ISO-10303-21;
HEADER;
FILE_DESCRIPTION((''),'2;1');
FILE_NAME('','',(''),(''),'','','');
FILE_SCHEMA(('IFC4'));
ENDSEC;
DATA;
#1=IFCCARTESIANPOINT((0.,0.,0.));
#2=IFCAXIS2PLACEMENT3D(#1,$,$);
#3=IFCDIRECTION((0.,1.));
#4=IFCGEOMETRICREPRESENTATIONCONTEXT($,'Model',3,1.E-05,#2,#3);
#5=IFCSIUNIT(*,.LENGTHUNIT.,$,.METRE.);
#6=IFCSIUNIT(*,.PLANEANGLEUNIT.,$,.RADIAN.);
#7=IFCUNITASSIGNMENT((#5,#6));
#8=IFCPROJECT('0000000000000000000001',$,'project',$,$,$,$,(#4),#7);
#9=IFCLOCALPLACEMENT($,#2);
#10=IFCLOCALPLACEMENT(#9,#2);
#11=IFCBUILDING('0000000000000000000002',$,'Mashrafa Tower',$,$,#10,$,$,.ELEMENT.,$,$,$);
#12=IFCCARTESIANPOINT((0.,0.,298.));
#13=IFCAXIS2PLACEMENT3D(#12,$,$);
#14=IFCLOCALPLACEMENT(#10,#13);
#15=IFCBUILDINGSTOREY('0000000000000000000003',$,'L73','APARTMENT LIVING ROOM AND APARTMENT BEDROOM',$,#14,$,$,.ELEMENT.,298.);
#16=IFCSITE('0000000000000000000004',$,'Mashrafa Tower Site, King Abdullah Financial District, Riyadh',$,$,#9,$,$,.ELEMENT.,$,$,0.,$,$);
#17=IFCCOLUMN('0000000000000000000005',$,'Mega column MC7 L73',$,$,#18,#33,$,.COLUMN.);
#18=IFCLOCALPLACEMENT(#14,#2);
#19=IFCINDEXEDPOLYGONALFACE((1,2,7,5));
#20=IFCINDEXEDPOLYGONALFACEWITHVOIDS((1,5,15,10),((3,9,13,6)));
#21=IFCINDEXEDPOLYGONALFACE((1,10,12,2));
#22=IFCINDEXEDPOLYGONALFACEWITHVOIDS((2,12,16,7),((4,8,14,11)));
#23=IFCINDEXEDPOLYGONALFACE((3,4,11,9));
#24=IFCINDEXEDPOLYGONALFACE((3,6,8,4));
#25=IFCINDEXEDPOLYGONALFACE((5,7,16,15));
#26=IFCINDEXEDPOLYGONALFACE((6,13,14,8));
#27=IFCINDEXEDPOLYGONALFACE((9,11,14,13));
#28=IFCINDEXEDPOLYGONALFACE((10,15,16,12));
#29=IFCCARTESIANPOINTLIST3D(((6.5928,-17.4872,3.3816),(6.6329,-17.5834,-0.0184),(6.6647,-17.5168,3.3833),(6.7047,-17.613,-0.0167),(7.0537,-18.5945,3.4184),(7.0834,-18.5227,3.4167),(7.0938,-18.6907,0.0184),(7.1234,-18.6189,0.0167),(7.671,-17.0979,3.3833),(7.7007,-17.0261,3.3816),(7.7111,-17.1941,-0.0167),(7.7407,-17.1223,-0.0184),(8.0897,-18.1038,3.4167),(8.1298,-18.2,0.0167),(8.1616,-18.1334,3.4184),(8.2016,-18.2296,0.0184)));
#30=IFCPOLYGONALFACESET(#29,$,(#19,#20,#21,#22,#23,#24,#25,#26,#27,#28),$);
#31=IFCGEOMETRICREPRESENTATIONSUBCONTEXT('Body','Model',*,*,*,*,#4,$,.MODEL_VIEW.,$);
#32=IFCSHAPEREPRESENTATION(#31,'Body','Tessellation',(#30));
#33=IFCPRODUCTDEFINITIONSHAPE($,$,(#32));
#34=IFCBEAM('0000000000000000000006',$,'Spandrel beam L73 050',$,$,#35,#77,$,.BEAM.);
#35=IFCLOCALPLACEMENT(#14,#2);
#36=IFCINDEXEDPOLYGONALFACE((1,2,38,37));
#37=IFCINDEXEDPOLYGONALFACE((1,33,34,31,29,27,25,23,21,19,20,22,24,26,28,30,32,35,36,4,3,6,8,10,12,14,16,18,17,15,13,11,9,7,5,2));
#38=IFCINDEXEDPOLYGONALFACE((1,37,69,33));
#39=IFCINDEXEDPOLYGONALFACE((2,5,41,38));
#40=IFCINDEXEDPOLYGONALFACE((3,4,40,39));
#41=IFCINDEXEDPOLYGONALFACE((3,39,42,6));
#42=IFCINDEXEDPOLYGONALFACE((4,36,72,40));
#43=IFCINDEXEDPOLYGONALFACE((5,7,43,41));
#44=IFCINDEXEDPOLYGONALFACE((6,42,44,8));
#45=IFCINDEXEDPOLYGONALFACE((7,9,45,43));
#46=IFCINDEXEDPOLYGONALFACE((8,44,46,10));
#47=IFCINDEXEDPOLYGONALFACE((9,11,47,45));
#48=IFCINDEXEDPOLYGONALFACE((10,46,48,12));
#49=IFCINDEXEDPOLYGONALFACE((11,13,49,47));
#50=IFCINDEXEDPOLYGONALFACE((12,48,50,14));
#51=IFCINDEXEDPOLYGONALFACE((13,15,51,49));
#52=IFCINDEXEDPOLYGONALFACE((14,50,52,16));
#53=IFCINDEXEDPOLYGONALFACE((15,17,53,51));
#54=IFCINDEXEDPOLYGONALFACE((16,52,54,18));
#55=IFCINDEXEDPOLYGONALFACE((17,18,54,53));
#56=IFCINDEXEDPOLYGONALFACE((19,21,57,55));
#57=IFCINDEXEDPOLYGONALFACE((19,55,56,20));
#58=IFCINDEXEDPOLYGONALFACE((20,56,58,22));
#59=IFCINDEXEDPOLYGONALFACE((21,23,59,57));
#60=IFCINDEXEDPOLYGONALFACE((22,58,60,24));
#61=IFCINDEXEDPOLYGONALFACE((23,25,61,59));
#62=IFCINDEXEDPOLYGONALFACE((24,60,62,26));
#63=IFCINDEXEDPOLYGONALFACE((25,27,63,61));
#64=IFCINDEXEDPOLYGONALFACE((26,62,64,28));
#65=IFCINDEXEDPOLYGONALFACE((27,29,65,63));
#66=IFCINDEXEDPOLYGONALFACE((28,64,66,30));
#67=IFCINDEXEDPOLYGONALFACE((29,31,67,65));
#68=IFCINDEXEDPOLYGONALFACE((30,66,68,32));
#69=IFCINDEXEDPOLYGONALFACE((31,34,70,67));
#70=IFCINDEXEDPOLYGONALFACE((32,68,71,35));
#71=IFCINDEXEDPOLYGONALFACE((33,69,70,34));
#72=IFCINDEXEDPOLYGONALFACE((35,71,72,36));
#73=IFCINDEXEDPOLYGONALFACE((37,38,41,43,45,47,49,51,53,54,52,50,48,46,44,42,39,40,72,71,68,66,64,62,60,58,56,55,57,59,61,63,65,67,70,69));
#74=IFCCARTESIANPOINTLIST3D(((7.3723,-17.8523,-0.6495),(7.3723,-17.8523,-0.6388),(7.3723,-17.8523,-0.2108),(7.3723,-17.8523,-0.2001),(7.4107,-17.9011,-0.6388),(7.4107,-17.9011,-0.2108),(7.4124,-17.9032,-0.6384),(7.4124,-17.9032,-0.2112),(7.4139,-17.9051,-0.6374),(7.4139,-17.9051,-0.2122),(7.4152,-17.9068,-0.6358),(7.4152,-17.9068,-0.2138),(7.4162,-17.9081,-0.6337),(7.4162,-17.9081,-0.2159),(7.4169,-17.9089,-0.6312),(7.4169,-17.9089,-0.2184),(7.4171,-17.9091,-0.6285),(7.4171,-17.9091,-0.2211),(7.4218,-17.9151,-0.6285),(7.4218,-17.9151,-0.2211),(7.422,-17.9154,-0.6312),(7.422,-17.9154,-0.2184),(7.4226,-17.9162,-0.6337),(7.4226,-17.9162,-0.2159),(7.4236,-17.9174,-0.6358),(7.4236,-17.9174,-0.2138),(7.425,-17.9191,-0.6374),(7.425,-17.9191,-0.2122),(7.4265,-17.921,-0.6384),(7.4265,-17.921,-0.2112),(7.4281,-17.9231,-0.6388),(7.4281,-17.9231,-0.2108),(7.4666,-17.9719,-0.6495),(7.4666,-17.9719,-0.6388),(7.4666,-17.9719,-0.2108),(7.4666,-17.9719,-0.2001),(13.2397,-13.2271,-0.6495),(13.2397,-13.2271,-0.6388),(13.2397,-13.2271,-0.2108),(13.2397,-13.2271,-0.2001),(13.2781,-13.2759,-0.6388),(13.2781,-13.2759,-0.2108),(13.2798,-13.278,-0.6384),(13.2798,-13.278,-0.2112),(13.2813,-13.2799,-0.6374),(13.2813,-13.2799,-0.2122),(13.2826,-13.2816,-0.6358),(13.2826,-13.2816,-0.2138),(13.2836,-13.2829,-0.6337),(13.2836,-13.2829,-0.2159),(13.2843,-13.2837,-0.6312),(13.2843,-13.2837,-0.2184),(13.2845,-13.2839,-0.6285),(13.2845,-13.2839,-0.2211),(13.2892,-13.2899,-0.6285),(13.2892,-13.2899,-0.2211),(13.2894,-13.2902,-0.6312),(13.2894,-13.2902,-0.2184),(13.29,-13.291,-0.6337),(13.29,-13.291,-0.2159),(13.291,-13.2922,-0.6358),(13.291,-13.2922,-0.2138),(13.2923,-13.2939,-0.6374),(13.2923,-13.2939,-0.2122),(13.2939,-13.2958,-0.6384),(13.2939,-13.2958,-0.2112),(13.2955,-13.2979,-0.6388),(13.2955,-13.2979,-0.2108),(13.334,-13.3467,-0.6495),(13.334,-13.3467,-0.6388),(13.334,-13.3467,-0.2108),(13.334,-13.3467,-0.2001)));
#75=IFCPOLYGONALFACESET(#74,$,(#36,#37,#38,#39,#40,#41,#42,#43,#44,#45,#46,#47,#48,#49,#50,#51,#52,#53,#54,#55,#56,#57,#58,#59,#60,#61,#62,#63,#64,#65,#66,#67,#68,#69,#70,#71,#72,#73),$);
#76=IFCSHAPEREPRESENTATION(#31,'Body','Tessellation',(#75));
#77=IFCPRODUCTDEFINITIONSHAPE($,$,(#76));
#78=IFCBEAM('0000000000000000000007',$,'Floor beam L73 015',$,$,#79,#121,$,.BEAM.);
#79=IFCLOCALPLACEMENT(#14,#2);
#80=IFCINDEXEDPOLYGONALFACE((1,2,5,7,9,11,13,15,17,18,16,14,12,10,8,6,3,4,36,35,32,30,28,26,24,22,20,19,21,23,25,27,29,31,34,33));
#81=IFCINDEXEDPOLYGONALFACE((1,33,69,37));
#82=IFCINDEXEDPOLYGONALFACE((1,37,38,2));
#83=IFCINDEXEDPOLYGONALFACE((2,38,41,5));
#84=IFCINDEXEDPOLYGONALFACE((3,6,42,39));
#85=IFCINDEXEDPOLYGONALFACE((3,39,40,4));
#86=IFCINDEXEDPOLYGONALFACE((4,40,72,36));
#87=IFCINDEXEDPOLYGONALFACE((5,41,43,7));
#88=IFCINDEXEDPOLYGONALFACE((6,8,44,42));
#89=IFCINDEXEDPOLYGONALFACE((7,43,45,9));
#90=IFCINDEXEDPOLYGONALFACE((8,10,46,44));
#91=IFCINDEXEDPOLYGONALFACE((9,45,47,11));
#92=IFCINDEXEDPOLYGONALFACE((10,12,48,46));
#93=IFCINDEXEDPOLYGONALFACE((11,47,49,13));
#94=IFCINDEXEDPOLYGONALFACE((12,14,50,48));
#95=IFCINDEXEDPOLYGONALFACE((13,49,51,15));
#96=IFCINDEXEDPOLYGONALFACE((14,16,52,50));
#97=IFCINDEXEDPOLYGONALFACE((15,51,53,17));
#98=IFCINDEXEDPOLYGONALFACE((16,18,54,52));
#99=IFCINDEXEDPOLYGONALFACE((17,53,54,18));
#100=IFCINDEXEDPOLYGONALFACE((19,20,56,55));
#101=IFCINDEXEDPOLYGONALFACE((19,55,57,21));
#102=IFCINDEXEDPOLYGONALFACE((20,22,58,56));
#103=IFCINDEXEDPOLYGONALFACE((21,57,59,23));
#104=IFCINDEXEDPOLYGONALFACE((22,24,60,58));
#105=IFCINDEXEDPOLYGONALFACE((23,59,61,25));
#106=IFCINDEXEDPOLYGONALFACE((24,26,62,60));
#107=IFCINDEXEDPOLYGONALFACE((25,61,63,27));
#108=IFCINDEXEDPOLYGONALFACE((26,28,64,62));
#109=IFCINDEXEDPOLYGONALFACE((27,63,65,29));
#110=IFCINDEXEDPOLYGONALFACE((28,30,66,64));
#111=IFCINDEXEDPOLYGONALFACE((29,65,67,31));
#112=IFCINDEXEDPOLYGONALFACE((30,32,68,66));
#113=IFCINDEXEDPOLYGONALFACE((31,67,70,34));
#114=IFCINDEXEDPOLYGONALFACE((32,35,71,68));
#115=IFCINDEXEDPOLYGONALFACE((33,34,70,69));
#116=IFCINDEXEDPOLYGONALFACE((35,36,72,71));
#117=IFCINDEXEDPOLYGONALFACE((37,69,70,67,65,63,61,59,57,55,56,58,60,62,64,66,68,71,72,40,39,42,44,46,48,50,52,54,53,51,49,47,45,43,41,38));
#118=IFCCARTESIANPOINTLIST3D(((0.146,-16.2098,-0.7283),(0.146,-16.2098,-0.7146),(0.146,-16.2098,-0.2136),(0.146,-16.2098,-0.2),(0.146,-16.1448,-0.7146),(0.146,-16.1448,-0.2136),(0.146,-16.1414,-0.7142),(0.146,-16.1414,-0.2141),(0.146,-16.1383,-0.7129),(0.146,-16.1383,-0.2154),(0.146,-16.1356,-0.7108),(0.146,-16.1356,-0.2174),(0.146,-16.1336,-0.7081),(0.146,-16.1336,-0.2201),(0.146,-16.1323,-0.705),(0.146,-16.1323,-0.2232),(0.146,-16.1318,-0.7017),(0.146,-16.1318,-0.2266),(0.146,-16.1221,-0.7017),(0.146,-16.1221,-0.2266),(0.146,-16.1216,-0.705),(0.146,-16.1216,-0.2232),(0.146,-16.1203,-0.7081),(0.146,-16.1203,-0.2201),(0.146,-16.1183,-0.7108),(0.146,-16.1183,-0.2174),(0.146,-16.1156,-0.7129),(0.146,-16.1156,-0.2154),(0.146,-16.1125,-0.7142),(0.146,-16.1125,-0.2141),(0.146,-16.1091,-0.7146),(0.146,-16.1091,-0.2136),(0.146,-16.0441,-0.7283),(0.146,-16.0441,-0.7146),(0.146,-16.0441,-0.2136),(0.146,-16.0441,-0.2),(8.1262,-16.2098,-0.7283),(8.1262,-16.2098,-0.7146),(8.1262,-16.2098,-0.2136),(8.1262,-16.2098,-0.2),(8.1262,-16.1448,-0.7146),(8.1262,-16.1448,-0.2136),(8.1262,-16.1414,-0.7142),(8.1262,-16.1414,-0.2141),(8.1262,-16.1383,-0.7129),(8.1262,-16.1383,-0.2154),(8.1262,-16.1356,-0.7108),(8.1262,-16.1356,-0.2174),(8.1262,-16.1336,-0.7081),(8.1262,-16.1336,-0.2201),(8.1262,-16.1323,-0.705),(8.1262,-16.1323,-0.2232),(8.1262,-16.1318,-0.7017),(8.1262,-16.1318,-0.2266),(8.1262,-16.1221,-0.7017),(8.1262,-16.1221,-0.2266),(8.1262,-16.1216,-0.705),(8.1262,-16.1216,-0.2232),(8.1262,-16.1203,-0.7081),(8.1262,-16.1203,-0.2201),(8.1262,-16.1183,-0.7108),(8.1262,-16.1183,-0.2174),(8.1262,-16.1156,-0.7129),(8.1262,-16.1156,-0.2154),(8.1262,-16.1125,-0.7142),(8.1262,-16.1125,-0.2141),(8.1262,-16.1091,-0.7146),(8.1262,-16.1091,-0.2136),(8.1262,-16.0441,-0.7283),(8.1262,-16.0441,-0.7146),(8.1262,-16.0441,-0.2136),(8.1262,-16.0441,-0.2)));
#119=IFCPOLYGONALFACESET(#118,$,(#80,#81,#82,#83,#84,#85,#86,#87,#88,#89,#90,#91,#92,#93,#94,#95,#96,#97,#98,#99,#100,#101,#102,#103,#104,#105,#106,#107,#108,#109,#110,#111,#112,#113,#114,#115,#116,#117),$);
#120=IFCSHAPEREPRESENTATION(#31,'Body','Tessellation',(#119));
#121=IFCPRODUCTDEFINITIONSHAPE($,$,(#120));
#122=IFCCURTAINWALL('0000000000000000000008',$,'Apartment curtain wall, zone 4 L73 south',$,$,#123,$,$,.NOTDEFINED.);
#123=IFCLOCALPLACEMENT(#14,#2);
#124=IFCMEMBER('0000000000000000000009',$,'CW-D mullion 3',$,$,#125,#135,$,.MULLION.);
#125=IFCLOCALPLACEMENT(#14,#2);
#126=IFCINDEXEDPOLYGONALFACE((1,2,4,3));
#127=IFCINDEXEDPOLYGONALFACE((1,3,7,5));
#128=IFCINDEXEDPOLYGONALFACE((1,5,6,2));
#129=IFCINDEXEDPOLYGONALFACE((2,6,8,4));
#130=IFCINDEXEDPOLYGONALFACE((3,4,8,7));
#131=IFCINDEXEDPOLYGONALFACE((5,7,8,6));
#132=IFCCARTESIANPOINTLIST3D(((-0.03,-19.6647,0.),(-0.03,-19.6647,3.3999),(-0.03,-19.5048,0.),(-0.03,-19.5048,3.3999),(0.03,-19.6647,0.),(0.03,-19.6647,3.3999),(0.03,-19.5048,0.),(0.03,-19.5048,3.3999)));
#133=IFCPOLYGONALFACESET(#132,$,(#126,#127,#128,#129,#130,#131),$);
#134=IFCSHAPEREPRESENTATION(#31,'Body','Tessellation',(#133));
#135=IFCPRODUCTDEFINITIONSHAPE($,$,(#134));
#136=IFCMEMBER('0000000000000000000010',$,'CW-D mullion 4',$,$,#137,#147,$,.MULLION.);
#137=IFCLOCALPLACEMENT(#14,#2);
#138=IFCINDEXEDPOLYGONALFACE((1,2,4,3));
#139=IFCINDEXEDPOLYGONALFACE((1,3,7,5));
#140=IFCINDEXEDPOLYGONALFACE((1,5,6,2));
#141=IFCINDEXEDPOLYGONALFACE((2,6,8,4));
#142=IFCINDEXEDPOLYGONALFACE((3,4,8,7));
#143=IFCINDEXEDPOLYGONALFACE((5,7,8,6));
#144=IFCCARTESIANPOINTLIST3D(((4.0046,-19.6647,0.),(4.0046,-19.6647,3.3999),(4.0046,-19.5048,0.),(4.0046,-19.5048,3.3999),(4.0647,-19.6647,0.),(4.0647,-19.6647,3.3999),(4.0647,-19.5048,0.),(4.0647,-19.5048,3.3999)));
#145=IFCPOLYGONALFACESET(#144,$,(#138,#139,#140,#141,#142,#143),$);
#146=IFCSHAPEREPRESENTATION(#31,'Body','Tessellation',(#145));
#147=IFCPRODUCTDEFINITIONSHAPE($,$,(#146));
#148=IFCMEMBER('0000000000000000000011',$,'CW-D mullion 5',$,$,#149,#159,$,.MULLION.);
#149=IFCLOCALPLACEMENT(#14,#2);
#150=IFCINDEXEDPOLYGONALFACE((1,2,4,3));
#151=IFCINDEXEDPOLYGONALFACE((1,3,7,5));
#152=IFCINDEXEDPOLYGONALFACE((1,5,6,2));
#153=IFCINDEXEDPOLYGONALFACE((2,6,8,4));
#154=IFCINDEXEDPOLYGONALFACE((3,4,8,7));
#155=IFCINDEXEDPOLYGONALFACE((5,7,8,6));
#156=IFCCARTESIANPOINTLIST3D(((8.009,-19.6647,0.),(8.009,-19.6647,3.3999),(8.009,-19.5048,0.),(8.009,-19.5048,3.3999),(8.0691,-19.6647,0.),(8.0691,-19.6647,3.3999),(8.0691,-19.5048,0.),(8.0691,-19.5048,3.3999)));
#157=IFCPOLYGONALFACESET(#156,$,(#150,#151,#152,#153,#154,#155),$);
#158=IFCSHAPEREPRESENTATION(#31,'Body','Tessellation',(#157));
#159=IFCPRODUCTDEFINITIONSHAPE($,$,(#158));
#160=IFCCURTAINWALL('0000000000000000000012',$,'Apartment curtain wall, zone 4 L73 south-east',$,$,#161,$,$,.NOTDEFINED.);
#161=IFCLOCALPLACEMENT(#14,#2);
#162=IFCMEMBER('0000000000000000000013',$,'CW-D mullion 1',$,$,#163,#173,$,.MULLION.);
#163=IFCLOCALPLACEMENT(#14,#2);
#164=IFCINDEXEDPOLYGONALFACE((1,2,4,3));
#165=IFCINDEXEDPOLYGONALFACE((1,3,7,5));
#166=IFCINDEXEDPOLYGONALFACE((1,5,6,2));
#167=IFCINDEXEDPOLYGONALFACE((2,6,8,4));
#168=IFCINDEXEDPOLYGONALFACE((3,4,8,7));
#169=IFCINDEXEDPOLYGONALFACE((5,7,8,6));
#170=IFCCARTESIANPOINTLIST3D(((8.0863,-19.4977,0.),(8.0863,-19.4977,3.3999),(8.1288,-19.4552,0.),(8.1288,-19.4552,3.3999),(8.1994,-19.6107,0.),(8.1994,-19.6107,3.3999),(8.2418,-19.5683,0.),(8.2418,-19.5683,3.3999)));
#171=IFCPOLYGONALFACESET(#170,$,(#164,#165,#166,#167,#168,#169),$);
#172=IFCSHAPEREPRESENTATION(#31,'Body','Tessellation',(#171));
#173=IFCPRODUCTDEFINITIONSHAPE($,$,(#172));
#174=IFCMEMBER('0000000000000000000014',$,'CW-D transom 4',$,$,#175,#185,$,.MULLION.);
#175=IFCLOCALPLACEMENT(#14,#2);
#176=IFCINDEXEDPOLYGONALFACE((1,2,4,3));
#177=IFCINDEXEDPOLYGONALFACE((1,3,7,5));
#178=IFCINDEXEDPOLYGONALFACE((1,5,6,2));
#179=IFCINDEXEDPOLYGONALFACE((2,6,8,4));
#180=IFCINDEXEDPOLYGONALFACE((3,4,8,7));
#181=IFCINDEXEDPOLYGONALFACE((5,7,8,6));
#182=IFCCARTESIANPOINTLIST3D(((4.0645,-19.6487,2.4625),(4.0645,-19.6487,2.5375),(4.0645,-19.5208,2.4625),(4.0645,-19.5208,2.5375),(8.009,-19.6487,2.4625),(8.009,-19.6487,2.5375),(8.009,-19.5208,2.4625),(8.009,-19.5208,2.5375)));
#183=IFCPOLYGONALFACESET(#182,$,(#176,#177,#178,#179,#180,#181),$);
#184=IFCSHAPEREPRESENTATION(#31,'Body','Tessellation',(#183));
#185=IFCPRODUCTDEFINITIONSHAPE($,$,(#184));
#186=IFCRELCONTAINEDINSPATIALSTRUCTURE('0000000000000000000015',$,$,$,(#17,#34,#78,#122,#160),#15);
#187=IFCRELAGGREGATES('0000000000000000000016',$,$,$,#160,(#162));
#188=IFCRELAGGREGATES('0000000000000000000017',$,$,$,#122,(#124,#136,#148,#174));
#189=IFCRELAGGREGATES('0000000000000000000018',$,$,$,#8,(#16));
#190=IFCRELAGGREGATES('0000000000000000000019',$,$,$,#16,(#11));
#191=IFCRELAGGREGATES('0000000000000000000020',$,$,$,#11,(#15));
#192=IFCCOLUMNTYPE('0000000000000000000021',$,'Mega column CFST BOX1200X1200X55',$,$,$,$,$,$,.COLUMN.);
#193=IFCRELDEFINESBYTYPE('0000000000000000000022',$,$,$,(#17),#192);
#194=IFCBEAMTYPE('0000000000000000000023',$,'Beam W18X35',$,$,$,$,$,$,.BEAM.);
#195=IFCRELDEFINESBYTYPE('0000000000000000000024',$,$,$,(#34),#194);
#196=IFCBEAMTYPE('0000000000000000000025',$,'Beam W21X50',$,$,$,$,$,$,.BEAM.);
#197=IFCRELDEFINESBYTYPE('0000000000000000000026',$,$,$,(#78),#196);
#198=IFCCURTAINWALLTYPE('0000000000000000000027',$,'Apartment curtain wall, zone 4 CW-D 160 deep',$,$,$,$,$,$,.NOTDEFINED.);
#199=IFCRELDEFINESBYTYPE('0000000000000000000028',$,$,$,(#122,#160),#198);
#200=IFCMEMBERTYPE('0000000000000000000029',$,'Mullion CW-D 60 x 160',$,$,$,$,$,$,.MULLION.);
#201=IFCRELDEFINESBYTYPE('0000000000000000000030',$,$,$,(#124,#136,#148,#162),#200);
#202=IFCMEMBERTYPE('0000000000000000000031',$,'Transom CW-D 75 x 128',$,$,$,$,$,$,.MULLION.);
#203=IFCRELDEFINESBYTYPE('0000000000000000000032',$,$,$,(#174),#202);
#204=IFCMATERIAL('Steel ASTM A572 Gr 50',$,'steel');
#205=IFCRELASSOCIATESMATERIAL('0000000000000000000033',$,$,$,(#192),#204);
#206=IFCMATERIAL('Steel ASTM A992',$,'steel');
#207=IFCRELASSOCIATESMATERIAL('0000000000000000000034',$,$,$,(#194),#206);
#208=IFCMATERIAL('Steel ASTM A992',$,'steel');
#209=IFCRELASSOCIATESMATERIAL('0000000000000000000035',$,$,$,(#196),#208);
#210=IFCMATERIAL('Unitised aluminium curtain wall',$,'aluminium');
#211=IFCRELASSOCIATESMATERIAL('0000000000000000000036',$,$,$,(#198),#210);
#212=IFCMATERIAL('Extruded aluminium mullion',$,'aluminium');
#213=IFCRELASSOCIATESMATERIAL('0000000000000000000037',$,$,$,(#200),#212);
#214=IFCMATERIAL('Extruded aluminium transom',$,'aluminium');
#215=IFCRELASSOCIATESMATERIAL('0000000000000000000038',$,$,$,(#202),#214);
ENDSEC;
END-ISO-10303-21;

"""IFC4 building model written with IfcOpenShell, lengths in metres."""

from ifc_helpers import new_model, si_unit, direction, frame, origin, origin_2d, place, context, subcontext, project, spatial, rectangle, hollow_rectangle, i_section, extrude, source, transform, mapped, material, material_profile, profile_set, type_object, type_shapes, element, aggregate, save


model = new_model("IFC4")

# Units and contexts
model_context = context("Model", 3, precision=1e-05, world=origin(), true_north=direction((0.0, 1.0)))
body_context = subcontext(model_context, "Body", "Model", "MODEL_VIEW")
ifc_project = project(units=[si_unit("LENGTHUNIT", "METRE"), si_unit("PLANEANGLEUNIT", "RADIAN")], contexts=[model_context])

# Site, building, storey
site_placement = place(None, origin())
site = spatial("IfcSite", under=ifc_project, at=site_placement, Name="Mashrafa Tower Site, King Abdullah Financial District, Riyadh", CompositionType="ELEMENT", RefElevation=0.0)
building_placement = place(site_placement, origin())
building = spatial("IfcBuilding", under=site, at=building_placement, Name="Mashrafa Tower", CompositionType="ELEMENT")
storey_placement = place(building_placement, frame((0.0, 0.0, 298.0)))
storey = spatial("IfcBuildingStorey", under=building, at=storey_placement, Name="L73", Description="APARTMENT LIVING ROOM AND APARTMENT BEDROOM", CompositionType="ELEMENT", Elevation=298.0)

# Column
ifc_material_1 = material(Name="Steel ASTM A572 Gr 50", Category="steel")
ifc_material_profile_1 = material_profile(ifc_material_1, hollow_rectangle(XDim=1.2, YDim=1.2, WallThickness=0.0549, at=origin_2d()), Name="BOX1200X1200X55")
ifc_profile_set_1 = profile_set([ifc_material_profile_1], Name="Steel ASTM A572 Gr 50")
column_type = type_object("IfcColumnType", Name="Mega column CFST BOX1200X1200X55", PredefinedType="COLUMN", material=ifc_profile_set_1)
column_placement = place(storey_placement, frame((7.4172, -17.9065, 0.0), z_axis=(-0.011771, 0.028279, 0.999531), x_axis=(-0.923216, -0.384283, 0.0)))
element("IfcColumn", 1, at=column_placement, inside=storey, type_object=column_type, Name="Mega column MC7 L73", PredefinedType="COLUMN", context=body_context, shape_type="SweptSolid", body=[
    extrude(hollow_rectangle(XDim=1.2, YDim=1.2, WallThickness=0.0549, at=origin_2d()), origin(), (0.0, 0.0, 1.0), 3.4016),
])

# Beams
ifc_material_2 = material(Name="Steel ASTM A992", Category="steel")
ifc_material_profile_2 = material_profile(ifc_material_2, i_section(OverallWidth=0.1523, OverallDepth=0.4495, WebThickness=0.0076, FlangeThickness=0.0107, FilletRadius=0.0103, at=origin_2d()), Name="W18X35")
ifc_profile_set_2 = profile_set([ifc_material_profile_2], Name="Steel ASTM A992")
beam_type_1 = type_object("IfcBeamType", Name="Beam W18X35", PredefinedType="BEAM", material=ifc_profile_set_2)
beam_1_placement = place(storey_placement, frame((7.4194, -17.9121, -0.4248), z_axis=(0.785334, 0.619072, 0.0), x_axis=(-0.619072, 0.785334, 0.0)))
element("IfcBeam", 2, at=beam_1_placement, inside=storey, type_object=beam_type_1, Name="Spandrel beam L73 050", PredefinedType="BEAM", context=body_context, shape_type="SweptSolid", body=[
    extrude(i_section(OverallWidth=0.1523, OverallDepth=0.4495, WebThickness=0.0076, FlangeThickness=0.0107, FilletRadius=0.0103, at=origin_2d()), origin(), (0.0, 0.0, 1.0), 7.4712),
])
ifc_material_3 = material(Name="Steel ASTM A992", Category="steel")
ifc_material_profile_3 = material_profile(ifc_material_3, i_section(OverallWidth=0.1658, OverallDepth=0.5283, WebThickness=0.0098, FlangeThickness=0.0137, FilletRadius=0.0129, at=origin_2d()), Name="W21X50")
ifc_profile_set_3 = profile_set([ifc_material_profile_3], Name="Steel ASTM A992")
beam_type_2 = type_object("IfcBeamType", Name="Beam W21X50", PredefinedType="BEAM", material=ifc_profile_set_3)
beam_2_placement = place(storey_placement, frame((8.1262, -16.127, -0.4641), z_axis=(-1.0, 0.0, 0.0), x_axis=(0.0, -1.0, 0.0)))
element("IfcBeam", 3, at=beam_2_placement, inside=storey, type_object=beam_type_2, Name="Floor beam L73 015", PredefinedType="BEAM", context=body_context, shape_type="SweptSolid", body=[
    extrude(i_section(OverallWidth=0.1658, OverallDepth=0.5283, WebThickness=0.0098, FlangeThickness=0.0137, FilletRadius=0.0129, at=origin_2d()), origin(), (0.0, 0.0, 1.0), 7.9802),
])

# Curtain wall, members
ifc_material_4 = material(Name="Unitised aluminium curtain wall", Category="aluminium")
curtain_wall_type = type_object("IfcCurtainWallType", Name="Apartment curtain wall, zone 4 CW-D 160 deep", PredefinedType="NOTDEFINED", material=ifc_material_4)
curtain_wall_1_placement = place(storey_placement, origin())
curtain_wall_1 = element("IfcCurtainWall", 4, at=curtain_wall_1_placement, inside=storey, type_object=curtain_wall_type, Name="Apartment curtain wall, zone 4 L73 south", PredefinedType="NOTDEFINED")
ifc_material_5 = material(Name="Extruded aluminium mullion", Category="aluminium")
ifc_material_profile_4 = material_profile(ifc_material_5, rectangle(XDim=0.1599, YDim=0.0601, at=origin_2d()), Name="Mullion 60x160")
ifc_profile_set_4 = profile_set([ifc_material_profile_4], Name="Extruded aluminium mullion")
member_type_1 = type_object("IfcMemberType", Name="Mullion CW-D 60 x 160", PredefinedType="MULLION", material=ifc_profile_set_4)
shared_shape_1 = source(origin(), body_context, "Body", "SweptSolid", [
    extrude(rectangle(XDim=0.1599, YDim=0.0601, at=origin_2d()), origin(), (0.0, 0.0, 1.0), 3.3999),
])
type_shapes(member_type_1, [shared_shape_1])
member_1_placement = place(storey_placement, frame((0.0, -19.5847, 0.0), z_axis=(0.0, 0.0, 1.0), x_axis=(0.0, 1.0, 0.0)))
member_1 = element("IfcMember", 5, at=member_1_placement, type_object=member_type_1, Name="CW-D mullion 3", PredefinedType="MULLION", context=body_context, shape_type="MappedRepresentation", body=[
    mapped(shared_shape_1, transform((0.0, 0.0, 0.0))),
])
member_2_placement = place(storey_placement, frame((4.0347, -19.5847, 0.0), z_axis=(0.0, 0.0, 1.0), x_axis=(0.0, 1.0, 0.0)))
member_2 = element("IfcMember", 6, at=member_2_placement, type_object=member_type_1, Name="CW-D mullion 4", PredefinedType="MULLION", context=body_context, shape_type="MappedRepresentation", body=[
    mapped(shared_shape_1, transform((0.0, 0.0, 0.0))),
])
member_3_placement = place(storey_placement, frame((8.0391, -19.5847, 0.0), z_axis=(0.0, 0.0, 1.0), x_axis=(0.0, 1.0, 0.0)))
member_3 = element("IfcMember", 7, at=member_3_placement, type_object=member_type_1, Name="CW-D mullion 5", PredefinedType="MULLION", context=body_context, shape_type="MappedRepresentation", body=[
    mapped(shared_shape_1, transform((0.0, 0.0, 0.0))),
])

# Curtain wall, member
curtain_wall_2_placement = place(storey_placement, origin())
curtain_wall_2 = element("IfcCurtainWall", 8, at=curtain_wall_2_placement, inside=storey, type_object=curtain_wall_type, Name="Apartment curtain wall, zone 4 L73 south-east", PredefinedType="NOTDEFINED")
member_4_placement = place(storey_placement, frame((8.1641, -19.533, 0.0), z_axis=(0.0, 0.0, 1.0), x_axis=(-0.707107, 0.707107, 0.0)))
member_4 = element("IfcMember", 9, at=member_4_placement, type_object=member_type_1, Name="CW-D mullion 1", PredefinedType="MULLION", context=body_context, shape_type="MappedRepresentation", body=[
    mapped(shared_shape_1, transform((0.0, 0.0, 0.0))),
])

# Member
ifc_material_6 = material(Name="Extruded aluminium transom", Category="aluminium")
ifc_material_profile_5 = material_profile(ifc_material_6, rectangle(XDim=0.1279, YDim=0.075, at=origin_2d()), Name="Transom 75x128")
ifc_profile_set_5 = profile_set([ifc_material_profile_5], Name="Extruded aluminium transom")
member_type_2 = type_object("IfcMemberType", Name="Transom CW-D 75 x 128", PredefinedType="MULLION", material=ifc_profile_set_5)
shared_shape_2 = source(origin(), body_context, "Body", "SweptSolid", [
    extrude(rectangle(XDim=0.1279, YDim=0.075, at=origin_2d()), origin(), (0.0, 0.0, 1.0), 3.9446),
])
member_5_placement = place(storey_placement, frame((4.0645, -19.5847, 2.5), z_axis=(1.0, 0.0, 0.0), x_axis=(0.0, 1.0, 0.0)))
member_5 = element("IfcMember", 10, at=member_5_placement, type_object=member_type_2, Name="CW-D transom 4", PredefinedType="MULLION", context=body_context, shape_type="MappedRepresentation", body=[
    mapped(shared_shape_2, transform((0.0, 0.0, 0.0))),
])

aggregate(curtain_wall_2, [member_4])
aggregate(curtain_wall_1, [member_1, member_2, member_3, member_5])

save(model, "model.ifc")
